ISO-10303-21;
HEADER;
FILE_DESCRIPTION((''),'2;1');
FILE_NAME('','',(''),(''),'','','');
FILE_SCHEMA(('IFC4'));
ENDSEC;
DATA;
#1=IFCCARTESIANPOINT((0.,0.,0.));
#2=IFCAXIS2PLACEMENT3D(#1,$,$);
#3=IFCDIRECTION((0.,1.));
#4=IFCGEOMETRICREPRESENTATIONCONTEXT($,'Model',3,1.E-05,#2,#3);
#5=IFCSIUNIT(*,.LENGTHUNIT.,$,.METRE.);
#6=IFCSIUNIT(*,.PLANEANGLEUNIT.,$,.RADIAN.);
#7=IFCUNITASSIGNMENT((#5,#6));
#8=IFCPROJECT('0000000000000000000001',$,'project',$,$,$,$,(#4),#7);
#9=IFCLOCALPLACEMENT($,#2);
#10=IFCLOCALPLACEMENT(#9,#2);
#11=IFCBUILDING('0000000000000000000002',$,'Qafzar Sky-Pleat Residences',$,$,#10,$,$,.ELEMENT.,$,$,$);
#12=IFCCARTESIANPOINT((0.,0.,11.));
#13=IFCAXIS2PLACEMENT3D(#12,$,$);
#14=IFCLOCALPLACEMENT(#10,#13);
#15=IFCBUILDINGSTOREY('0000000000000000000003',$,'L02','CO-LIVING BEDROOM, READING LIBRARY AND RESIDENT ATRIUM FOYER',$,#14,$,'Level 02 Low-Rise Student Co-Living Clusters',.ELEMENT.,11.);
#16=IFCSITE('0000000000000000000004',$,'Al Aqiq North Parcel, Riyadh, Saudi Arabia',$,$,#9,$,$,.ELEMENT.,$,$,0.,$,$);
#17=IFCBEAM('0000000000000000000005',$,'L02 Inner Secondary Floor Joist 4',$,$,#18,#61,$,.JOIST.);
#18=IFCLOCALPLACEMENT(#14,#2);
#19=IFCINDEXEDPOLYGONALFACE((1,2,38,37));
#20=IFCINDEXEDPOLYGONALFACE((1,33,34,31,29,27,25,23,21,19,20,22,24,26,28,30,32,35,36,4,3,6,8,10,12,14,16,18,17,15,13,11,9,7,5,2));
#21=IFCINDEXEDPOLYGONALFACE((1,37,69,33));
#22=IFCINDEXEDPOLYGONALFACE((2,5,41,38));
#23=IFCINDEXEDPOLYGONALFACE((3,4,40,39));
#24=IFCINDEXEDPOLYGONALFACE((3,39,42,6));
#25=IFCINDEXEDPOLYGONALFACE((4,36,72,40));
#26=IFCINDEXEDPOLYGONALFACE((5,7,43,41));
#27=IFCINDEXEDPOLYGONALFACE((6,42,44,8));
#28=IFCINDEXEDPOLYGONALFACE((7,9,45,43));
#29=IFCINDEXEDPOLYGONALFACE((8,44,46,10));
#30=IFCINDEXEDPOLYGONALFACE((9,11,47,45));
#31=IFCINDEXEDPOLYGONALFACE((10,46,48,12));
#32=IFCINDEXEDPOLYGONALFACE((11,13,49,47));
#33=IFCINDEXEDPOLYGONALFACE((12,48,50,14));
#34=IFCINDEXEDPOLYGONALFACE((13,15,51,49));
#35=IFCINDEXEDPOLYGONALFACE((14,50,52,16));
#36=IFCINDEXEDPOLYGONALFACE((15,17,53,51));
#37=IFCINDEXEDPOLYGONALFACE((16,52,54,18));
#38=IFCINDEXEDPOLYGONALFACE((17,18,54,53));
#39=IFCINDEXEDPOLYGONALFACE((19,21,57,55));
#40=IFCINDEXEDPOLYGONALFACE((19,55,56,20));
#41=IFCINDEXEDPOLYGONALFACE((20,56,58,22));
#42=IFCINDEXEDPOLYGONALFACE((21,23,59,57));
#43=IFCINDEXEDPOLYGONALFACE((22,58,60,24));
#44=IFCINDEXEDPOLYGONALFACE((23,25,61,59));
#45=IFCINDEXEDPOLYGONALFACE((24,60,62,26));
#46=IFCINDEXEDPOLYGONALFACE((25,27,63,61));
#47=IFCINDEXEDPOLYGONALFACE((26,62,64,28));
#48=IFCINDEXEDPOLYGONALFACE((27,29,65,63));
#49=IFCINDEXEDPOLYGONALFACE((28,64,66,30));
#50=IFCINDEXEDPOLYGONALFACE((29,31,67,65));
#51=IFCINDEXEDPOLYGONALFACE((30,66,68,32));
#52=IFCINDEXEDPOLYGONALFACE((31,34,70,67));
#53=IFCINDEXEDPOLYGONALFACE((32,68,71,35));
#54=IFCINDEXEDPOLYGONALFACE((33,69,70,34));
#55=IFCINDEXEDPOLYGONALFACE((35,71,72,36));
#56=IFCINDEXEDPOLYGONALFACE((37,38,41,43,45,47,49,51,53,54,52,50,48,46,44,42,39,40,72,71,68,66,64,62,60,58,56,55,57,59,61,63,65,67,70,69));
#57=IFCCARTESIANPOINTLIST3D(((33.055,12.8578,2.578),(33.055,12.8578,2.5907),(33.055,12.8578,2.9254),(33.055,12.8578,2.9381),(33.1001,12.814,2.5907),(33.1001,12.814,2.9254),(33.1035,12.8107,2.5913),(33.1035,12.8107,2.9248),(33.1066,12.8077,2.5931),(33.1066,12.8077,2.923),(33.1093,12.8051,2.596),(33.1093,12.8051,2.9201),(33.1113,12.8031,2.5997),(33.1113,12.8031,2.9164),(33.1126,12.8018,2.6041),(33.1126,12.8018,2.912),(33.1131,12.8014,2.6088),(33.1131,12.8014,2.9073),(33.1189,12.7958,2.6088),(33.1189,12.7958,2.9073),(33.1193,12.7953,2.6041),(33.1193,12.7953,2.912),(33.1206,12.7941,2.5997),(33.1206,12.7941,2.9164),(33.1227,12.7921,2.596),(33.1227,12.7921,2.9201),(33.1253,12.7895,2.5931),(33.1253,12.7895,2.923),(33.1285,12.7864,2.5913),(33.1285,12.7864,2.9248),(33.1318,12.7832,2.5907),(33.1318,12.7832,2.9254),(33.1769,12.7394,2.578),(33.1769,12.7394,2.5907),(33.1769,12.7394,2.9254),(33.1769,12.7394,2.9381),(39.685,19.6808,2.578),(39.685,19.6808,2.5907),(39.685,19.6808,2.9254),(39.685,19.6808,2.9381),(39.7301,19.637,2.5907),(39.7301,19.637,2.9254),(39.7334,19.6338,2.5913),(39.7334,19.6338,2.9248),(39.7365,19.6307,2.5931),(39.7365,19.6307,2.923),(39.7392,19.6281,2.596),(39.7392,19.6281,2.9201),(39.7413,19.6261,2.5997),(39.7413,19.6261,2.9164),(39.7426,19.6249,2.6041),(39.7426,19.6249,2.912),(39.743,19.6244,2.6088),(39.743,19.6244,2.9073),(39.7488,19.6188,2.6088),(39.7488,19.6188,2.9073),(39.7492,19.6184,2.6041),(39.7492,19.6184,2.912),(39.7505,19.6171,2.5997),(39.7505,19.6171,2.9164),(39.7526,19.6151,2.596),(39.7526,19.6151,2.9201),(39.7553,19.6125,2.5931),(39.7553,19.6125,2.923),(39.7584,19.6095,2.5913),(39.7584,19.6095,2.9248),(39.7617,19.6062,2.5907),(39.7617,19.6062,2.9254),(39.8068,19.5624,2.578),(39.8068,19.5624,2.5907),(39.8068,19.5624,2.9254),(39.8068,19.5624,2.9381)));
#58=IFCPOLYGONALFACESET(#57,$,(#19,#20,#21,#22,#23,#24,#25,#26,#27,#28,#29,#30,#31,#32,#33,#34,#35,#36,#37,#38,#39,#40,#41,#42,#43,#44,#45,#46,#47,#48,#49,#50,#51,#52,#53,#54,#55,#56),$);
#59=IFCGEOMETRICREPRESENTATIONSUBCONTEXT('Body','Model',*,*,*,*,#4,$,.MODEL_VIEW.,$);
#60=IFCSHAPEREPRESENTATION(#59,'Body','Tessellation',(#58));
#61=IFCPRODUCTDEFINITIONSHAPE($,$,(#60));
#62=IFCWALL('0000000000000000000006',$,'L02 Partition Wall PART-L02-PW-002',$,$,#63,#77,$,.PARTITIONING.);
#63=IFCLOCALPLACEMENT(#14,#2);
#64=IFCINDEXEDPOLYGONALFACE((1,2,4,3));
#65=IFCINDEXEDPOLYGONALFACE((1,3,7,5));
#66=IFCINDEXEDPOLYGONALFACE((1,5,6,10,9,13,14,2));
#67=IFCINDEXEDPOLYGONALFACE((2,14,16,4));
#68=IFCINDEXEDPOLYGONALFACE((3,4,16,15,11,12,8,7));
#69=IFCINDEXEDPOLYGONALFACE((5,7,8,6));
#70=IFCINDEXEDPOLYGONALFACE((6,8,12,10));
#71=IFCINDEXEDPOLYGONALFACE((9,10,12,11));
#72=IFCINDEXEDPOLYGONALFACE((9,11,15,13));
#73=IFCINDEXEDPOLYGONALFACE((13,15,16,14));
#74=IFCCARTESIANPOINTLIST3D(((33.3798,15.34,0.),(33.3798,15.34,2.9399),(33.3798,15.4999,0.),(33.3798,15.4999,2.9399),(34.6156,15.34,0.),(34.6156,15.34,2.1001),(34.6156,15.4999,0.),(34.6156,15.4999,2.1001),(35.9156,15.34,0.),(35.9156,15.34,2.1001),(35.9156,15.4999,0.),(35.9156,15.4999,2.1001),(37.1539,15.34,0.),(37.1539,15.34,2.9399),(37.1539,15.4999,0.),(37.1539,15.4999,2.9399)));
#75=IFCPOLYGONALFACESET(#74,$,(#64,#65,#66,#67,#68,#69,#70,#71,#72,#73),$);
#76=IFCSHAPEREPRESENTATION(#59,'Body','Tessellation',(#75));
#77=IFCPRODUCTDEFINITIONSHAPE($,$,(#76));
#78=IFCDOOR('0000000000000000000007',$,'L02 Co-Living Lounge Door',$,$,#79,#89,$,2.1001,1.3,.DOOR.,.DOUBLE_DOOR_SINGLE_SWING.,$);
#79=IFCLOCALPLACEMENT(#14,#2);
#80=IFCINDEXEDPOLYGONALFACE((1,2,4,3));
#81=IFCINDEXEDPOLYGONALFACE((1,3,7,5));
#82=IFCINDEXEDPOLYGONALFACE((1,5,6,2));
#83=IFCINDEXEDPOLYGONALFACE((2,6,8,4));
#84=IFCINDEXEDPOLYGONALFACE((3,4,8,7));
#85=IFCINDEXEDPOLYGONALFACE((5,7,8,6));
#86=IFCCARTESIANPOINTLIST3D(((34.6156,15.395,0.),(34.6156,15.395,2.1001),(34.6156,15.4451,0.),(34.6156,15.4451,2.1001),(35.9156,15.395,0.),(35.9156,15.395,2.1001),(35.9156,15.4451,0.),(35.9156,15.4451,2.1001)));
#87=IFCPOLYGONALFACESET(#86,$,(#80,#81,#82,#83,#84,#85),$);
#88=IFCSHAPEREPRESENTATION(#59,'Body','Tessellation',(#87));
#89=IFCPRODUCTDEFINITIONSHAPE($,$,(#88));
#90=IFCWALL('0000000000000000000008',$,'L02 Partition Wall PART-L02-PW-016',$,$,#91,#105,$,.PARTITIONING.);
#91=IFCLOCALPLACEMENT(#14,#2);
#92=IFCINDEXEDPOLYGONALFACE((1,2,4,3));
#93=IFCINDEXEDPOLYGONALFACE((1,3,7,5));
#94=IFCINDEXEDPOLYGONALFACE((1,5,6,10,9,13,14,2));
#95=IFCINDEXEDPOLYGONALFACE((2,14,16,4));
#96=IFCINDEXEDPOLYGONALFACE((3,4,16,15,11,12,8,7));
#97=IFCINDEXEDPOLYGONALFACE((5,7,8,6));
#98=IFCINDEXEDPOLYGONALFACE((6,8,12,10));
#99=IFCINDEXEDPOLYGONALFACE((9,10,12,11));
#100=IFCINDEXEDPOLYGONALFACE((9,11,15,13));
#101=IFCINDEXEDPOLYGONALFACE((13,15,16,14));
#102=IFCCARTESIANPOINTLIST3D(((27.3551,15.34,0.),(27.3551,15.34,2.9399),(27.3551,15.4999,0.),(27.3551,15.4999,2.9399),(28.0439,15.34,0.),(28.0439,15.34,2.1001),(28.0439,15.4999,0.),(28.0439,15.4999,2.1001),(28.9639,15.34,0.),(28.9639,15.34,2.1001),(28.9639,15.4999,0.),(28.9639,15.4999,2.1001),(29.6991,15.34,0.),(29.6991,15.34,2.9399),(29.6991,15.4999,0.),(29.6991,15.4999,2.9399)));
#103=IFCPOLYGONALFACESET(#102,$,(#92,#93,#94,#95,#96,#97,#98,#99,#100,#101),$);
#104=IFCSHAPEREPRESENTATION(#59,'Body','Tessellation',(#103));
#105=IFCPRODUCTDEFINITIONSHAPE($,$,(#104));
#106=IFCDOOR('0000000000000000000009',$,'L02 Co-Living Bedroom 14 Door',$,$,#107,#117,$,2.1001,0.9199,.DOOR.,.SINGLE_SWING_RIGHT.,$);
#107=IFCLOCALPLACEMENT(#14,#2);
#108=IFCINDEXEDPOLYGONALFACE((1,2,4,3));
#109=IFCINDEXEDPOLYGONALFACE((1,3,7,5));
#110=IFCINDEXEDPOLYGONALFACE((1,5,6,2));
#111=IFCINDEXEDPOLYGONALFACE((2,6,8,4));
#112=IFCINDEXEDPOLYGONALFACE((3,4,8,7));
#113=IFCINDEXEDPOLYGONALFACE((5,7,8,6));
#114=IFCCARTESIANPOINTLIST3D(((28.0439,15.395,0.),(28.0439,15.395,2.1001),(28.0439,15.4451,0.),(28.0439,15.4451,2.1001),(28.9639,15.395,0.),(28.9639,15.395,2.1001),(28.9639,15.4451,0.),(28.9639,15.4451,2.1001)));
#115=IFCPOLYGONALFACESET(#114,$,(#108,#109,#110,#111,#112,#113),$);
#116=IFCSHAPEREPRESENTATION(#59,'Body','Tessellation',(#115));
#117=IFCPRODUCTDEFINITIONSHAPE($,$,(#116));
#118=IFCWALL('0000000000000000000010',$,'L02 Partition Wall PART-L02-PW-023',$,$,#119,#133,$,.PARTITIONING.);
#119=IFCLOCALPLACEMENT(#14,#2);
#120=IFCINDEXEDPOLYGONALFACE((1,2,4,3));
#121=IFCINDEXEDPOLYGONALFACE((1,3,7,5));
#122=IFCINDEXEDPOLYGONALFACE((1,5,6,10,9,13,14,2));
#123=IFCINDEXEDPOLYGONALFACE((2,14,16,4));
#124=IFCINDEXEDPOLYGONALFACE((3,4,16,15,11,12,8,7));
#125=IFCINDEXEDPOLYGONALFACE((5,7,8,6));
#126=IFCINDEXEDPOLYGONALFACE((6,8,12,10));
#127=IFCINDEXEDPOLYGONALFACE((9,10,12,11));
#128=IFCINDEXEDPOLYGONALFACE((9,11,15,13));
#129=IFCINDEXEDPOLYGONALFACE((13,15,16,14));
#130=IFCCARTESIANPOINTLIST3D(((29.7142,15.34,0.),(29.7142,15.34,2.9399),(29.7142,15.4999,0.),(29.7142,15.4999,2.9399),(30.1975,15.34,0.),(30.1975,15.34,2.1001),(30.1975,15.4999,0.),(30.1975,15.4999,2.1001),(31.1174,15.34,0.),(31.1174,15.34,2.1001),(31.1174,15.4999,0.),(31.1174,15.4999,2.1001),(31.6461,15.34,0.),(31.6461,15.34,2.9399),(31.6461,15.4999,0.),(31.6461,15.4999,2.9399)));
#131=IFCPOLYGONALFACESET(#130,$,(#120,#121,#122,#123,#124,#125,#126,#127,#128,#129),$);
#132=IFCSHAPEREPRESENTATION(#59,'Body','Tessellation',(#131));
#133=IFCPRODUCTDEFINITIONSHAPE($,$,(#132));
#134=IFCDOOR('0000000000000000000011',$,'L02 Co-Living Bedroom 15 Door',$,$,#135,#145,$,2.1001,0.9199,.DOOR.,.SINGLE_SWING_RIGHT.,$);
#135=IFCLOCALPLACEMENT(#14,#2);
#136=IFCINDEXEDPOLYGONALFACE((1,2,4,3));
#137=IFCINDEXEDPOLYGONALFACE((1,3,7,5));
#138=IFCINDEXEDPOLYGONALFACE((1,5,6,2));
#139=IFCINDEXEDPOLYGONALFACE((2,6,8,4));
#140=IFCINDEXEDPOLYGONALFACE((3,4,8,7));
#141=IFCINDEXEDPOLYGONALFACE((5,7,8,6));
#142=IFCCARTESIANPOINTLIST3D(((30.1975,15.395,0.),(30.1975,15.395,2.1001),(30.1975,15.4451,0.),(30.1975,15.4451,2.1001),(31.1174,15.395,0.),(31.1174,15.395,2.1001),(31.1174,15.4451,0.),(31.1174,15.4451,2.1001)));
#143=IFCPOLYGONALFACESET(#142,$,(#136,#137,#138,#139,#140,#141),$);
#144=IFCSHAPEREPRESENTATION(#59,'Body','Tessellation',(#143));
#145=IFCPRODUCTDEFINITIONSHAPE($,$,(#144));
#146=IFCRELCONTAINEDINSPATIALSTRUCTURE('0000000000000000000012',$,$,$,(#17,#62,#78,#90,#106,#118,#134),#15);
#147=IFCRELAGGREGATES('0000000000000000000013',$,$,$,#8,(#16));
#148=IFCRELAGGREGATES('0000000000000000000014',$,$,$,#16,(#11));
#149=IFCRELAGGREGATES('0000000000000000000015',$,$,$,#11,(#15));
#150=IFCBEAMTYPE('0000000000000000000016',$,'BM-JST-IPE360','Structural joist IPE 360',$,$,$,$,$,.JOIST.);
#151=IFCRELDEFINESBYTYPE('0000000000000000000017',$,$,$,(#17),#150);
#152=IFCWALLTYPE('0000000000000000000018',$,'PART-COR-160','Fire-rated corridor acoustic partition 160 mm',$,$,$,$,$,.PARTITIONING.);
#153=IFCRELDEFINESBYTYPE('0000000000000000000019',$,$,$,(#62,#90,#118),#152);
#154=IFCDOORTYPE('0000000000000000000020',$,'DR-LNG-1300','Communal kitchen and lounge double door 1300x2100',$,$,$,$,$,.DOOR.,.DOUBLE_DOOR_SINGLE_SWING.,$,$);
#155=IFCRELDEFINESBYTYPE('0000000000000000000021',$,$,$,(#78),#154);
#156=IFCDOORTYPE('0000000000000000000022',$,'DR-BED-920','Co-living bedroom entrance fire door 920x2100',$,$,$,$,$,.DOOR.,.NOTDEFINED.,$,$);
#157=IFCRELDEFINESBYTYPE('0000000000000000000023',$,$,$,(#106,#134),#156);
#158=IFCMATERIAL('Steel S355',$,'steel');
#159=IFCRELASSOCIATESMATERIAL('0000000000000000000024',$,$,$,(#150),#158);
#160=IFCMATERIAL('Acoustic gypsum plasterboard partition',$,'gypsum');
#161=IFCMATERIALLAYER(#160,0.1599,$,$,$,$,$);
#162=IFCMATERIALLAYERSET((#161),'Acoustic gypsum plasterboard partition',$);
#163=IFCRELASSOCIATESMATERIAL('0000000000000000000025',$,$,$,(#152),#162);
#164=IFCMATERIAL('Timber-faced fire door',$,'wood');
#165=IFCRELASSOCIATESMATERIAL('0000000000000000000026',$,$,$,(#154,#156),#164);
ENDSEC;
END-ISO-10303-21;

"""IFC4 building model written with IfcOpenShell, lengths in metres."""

from ifc_helpers import new_model, si_unit, direction, frame, frame_2d, origin, origin_2d, place, context, subcontext, project, spatial, rectangle, i_section, extrude, source, transform, mapped, material, layer, layer_set, material_profile, profile_set, type_object, element, fill, save


model = new_model("IFC4")

# Units and contexts
model_context = context("Model", 3, precision=1e-05, world=origin(), true_north=direction((0.0, 1.0)))
body_context = subcontext(model_context, "Body", "Model", "MODEL_VIEW")
ifc_project = project(units=[si_unit("LENGTHUNIT", "METRE"), si_unit("PLANEANGLEUNIT", "RADIAN")], contexts=[model_context])

# Site, building, storey
site_placement = place(None, origin())
site = spatial("IfcSite", under=ifc_project, at=site_placement, Name="Al Aqiq North Parcel, Riyadh, Saudi Arabia", CompositionType="ELEMENT", RefElevation=0.0)
building_placement = place(site_placement, origin())
building = spatial("IfcBuilding", under=site, at=building_placement, Name="Qafzar Sky-Pleat Residences", CompositionType="ELEMENT")
storey_placement = place(building_placement, frame((0.0, 0.0, 11.0)))
storey = spatial("IfcBuildingStorey", under=building, at=storey_placement, Name="L02", Description="CO-LIVING BEDROOM, READING LIBRARY AND RESIDENT ATRIUM FOYER", LongName="Level 02 Low-Rise Student Co-Living Clusters", CompositionType="ELEMENT", Elevation=11.0)

# Beam
ifc_material_1 = material(Name="Steel S355", Category="steel")
ifc_material_profile_1 = material_profile(ifc_material_1, i_section(OverallWidth=0.1699, OverallDepth=0.3601, WebThickness=0.0081, FlangeThickness=0.0127, FilletRadius=0.0181, at=origin_2d()), Name="IPE 360")
ifc_profile_set_1 = profile_set([ifc_material_profile_1], Name="Steel S355")
beam_type_1 = type_object("IfcBeamType", Name="BM-JST-IPE360", Description="Structural joist IPE 360", PredefinedType="JOIST", material=ifc_profile_set_1)
shared_shape_1 = source(origin(), body_context, "Body", "SweptSolid", [
    extrude(i_section(OverallWidth=0.1699, OverallDepth=0.3601, WebThickness=0.0081, FlangeThickness=0.0127, FilletRadius=0.0181, at=origin_2d()), origin(), (0.0, 0.0, 1.0), 9.5137),
])
beam_1_placement = place(storey_placement, frame((33.116, 12.7986, 2.7581), z_axis=(0.696885, 0.717183, 0.0), x_axis=(-0.717183, 0.696885, 0.0)))
element("IfcBeam", 1, at=beam_1_placement, inside=storey, type_object=beam_type_1, Name="L02 Inner Secondary Floor Joist 4", PredefinedType="JOIST", context=body_context, shape_type="MappedRepresentation", body=[
    mapped(shared_shape_1, transform((0.0, 0.0, 0.0), x_axis=(1.0, 0.0, 0.0), y_axis=(0.0, 1.0, 0.0), z_axis=(0.0, 0.0, 1.0), scale=1.0)),
])

# Walls, openings, doors
ifc_material_2 = material(Name="Acoustic gypsum plasterboard partition", Category="gypsum")
ifc_layer_1 = layer(ifc_material_2, 0.1599)
ifc_layer_set_1 = layer_set([ifc_layer_1], Name="Acoustic gypsum plasterboard partition")
wall_type_1 = type_object("IfcWallType", Name="PART-COR-160", Description="Fire-rated corridor acoustic partition 160 mm", PredefinedType="PARTITIONING", material=ifc_layer_set_1)
wall_1_placement = place(storey_placement, frame((37.1541, 15.4199, 0.0), z_axis=(0.0, 0.0, 1.0), x_axis=(-1.0, 0.0, 0.0)))
wall_1 = element("IfcWall", 2, at=wall_1_placement, inside=storey, type_object=wall_type_1, Name="L02 Partition Wall PART-L02-PW-002", PredefinedType="PARTITIONING", context=body_context, shape_type="SweptSolid", body=[
    extrude(rectangle(XDim=3.7742, YDim=0.1599, at=frame_2d((1.8872, 0.0))), origin(), (0.0, 0.0, 1.0), 2.9399),
])
opening_1_placement = place(wall_1_placement, frame((1.2385, 0.0, 0.0)))
opening_1 = element("IfcOpeningElement", 3, at=opening_1_placement, cuts=wall_1, PredefinedType="OPENING", context=body_context, shape_type="SweptSolid", body=[
    extrude(rectangle(XDim=1.3, YDim=2.1001, at=frame_2d((0.6499, 1.05))), frame((0.0, 0.0898, 0.0), z_axis=(0.0, -1.0, 0.0), x_axis=(1.0, 0.0, 0.0)), (0.0, 0.0, 1.0), 0.1799),
])
ifc_material_3 = material(Name="Timber-faced fire door", Category="wood")
door_type_1 = type_object("IfcDoorType", Name="DR-LNG-1300", Description="Communal kitchen and lounge double door 1300x2100", OperationType="DOUBLE_DOOR_SINGLE_SWING", PredefinedType="DOOR", material=ifc_material_3)
shared_shape_2 = source(origin(), body_context, "Body", "SweptSolid", [
    extrude(rectangle(XDim=1.3, YDim=2.1001, at=frame_2d((0.6499, 1.05))), frame((0.0, 0.0249, 0.0), z_axis=(0.0, -1.0, 0.0), x_axis=(1.0, 0.0, 0.0)), (0.0, 0.0, 1.0), 0.05),
])
door_1_placement = place(opening_1_placement, origin())
door_1 = element("IfcDoor", 4, at=door_1_placement, inside=storey, type_object=door_type_1, Name="L02 Co-Living Lounge Door", OperationType="DOUBLE_DOOR_SINGLE_SWING", OverallHeight=2.1001, OverallWidth=1.3, PredefinedType="DOOR", context=body_context, shape_type="MappedRepresentation", body=[
    mapped(shared_shape_2, transform((0.0, 0.0, 0.0), x_axis=(1.0, 0.0, 0.0), y_axis=(0.0, 1.0, 0.0), z_axis=(0.0, 0.0, 1.0), scale=1.0)),
])
fill(opening_1, door_1)
wall_2_placement = place(storey_placement, frame((29.699, 15.4199, 0.0), z_axis=(0.0, 0.0, 1.0), x_axis=(-1.0, 0.0, 0.0)))
wall_2 = element("IfcWall", 5, at=wall_2_placement, inside=storey, type_object=wall_type_1, Name="L02 Partition Wall PART-L02-PW-016", PredefinedType="PARTITIONING", context=body_context, shape_type="SweptSolid", body=[
    extrude(rectangle(XDim=2.344, YDim=0.1599, at=frame_2d((1.1719, 0.0))), origin(), (0.0, 0.0, 1.0), 2.9399),
])
opening_2_placement = place(wall_2_placement, frame((0.7351, 0.0, 0.0)))
opening_2 = element("IfcOpeningElement", 6, at=opening_2_placement, cuts=wall_2, PredefinedType="OPENING", context=body_context, shape_type="SweptSolid", body=[
    extrude(rectangle(XDim=0.9199, YDim=2.1001, at=frame_2d((0.46, 1.05))), frame((0.0, 0.0898, 0.0), z_axis=(0.0, -1.0, 0.0), x_axis=(1.0, 0.0, 0.0)), (0.0, 0.0, 1.0), 0.1799),
])
door_type_2 = type_object("IfcDoorType", Name="DR-BED-920", Description="Co-living bedroom entrance fire door 920x2100", OperationType="NOTDEFINED", PredefinedType="DOOR", material=ifc_material_3)
shared_shape_3 = source(origin(), body_context, "Body", "SweptSolid", [
    extrude(rectangle(XDim=0.9199, YDim=2.1001, at=frame_2d((0.46, 1.05))), frame((0.0, 0.0249, 0.0), z_axis=(0.0, -1.0, 0.0), x_axis=(1.0, 0.0, 0.0)), (0.0, 0.0, 1.0), 0.05),
])
door_2_placement = place(opening_2_placement, origin())
door_2 = element("IfcDoor", 7, at=door_2_placement, inside=storey, type_object=door_type_2, Name="L02 Co-Living Bedroom 14 Door", OperationType="SINGLE_SWING_RIGHT", OverallHeight=2.1001, OverallWidth=0.9199, PredefinedType="DOOR", context=body_context, shape_type="MappedRepresentation", body=[
    mapped(shared_shape_3, transform((0.0, 0.0, 0.0), x_axis=(1.0, 0.0, 0.0), y_axis=(0.0, 1.0, 0.0), z_axis=(0.0, 0.0, 1.0), scale=1.0)),
])
fill(opening_2, door_2)
wall_3_placement = place(storey_placement, frame((31.646, 15.4199, 0.0), z_axis=(0.0, 0.0, 1.0), x_axis=(-1.0, 0.0, 0.0)))
wall_3 = element("IfcWall", 8, at=wall_3_placement, inside=storey, type_object=wall_type_1, Name="L02 Partition Wall PART-L02-PW-023", PredefinedType="PARTITIONING", context=body_context, shape_type="SweptSolid", body=[
    extrude(rectangle(XDim=1.9319, YDim=0.1599, at=frame_2d((0.9658, 0.0))), origin(), (0.0, 0.0, 1.0), 2.9399),
])
opening_3_placement = place(wall_3_placement, frame((0.5286, 0.0, 0.0)))
opening_3 = element("IfcOpeningElement", 9, at=opening_3_placement, cuts=wall_3, PredefinedType="OPENING", context=body_context, shape_type="SweptSolid", body=[
    extrude(rectangle(XDim=0.9199, YDim=2.1001, at=frame_2d((0.46, 1.05))), frame((0.0, 0.0898, 0.0), z_axis=(0.0, -1.0, 0.0), x_axis=(1.0, 0.0, 0.0)), (0.0, 0.0, 1.0), 0.1799),
])
door_3_placement = place(opening_3_placement, origin())
door_3 = element("IfcDoor", 10, at=door_3_placement, inside=storey, type_object=door_type_2, Name="L02 Co-Living Bedroom 15 Door", OperationType="SINGLE_SWING_RIGHT", OverallHeight=2.1001, OverallWidth=0.9199, PredefinedType="DOOR", context=body_context, shape_type="MappedRepresentation", body=[
    mapped(shared_shape_3, transform((0.0, 0.0, 0.0), x_axis=(1.0, 0.0, 0.0), y_axis=(0.0, 1.0, 0.0), z_axis=(0.0, 0.0, 1.0), scale=1.0)),
])
fill(opening_3, door_3)

save(model, "model.ifc")
